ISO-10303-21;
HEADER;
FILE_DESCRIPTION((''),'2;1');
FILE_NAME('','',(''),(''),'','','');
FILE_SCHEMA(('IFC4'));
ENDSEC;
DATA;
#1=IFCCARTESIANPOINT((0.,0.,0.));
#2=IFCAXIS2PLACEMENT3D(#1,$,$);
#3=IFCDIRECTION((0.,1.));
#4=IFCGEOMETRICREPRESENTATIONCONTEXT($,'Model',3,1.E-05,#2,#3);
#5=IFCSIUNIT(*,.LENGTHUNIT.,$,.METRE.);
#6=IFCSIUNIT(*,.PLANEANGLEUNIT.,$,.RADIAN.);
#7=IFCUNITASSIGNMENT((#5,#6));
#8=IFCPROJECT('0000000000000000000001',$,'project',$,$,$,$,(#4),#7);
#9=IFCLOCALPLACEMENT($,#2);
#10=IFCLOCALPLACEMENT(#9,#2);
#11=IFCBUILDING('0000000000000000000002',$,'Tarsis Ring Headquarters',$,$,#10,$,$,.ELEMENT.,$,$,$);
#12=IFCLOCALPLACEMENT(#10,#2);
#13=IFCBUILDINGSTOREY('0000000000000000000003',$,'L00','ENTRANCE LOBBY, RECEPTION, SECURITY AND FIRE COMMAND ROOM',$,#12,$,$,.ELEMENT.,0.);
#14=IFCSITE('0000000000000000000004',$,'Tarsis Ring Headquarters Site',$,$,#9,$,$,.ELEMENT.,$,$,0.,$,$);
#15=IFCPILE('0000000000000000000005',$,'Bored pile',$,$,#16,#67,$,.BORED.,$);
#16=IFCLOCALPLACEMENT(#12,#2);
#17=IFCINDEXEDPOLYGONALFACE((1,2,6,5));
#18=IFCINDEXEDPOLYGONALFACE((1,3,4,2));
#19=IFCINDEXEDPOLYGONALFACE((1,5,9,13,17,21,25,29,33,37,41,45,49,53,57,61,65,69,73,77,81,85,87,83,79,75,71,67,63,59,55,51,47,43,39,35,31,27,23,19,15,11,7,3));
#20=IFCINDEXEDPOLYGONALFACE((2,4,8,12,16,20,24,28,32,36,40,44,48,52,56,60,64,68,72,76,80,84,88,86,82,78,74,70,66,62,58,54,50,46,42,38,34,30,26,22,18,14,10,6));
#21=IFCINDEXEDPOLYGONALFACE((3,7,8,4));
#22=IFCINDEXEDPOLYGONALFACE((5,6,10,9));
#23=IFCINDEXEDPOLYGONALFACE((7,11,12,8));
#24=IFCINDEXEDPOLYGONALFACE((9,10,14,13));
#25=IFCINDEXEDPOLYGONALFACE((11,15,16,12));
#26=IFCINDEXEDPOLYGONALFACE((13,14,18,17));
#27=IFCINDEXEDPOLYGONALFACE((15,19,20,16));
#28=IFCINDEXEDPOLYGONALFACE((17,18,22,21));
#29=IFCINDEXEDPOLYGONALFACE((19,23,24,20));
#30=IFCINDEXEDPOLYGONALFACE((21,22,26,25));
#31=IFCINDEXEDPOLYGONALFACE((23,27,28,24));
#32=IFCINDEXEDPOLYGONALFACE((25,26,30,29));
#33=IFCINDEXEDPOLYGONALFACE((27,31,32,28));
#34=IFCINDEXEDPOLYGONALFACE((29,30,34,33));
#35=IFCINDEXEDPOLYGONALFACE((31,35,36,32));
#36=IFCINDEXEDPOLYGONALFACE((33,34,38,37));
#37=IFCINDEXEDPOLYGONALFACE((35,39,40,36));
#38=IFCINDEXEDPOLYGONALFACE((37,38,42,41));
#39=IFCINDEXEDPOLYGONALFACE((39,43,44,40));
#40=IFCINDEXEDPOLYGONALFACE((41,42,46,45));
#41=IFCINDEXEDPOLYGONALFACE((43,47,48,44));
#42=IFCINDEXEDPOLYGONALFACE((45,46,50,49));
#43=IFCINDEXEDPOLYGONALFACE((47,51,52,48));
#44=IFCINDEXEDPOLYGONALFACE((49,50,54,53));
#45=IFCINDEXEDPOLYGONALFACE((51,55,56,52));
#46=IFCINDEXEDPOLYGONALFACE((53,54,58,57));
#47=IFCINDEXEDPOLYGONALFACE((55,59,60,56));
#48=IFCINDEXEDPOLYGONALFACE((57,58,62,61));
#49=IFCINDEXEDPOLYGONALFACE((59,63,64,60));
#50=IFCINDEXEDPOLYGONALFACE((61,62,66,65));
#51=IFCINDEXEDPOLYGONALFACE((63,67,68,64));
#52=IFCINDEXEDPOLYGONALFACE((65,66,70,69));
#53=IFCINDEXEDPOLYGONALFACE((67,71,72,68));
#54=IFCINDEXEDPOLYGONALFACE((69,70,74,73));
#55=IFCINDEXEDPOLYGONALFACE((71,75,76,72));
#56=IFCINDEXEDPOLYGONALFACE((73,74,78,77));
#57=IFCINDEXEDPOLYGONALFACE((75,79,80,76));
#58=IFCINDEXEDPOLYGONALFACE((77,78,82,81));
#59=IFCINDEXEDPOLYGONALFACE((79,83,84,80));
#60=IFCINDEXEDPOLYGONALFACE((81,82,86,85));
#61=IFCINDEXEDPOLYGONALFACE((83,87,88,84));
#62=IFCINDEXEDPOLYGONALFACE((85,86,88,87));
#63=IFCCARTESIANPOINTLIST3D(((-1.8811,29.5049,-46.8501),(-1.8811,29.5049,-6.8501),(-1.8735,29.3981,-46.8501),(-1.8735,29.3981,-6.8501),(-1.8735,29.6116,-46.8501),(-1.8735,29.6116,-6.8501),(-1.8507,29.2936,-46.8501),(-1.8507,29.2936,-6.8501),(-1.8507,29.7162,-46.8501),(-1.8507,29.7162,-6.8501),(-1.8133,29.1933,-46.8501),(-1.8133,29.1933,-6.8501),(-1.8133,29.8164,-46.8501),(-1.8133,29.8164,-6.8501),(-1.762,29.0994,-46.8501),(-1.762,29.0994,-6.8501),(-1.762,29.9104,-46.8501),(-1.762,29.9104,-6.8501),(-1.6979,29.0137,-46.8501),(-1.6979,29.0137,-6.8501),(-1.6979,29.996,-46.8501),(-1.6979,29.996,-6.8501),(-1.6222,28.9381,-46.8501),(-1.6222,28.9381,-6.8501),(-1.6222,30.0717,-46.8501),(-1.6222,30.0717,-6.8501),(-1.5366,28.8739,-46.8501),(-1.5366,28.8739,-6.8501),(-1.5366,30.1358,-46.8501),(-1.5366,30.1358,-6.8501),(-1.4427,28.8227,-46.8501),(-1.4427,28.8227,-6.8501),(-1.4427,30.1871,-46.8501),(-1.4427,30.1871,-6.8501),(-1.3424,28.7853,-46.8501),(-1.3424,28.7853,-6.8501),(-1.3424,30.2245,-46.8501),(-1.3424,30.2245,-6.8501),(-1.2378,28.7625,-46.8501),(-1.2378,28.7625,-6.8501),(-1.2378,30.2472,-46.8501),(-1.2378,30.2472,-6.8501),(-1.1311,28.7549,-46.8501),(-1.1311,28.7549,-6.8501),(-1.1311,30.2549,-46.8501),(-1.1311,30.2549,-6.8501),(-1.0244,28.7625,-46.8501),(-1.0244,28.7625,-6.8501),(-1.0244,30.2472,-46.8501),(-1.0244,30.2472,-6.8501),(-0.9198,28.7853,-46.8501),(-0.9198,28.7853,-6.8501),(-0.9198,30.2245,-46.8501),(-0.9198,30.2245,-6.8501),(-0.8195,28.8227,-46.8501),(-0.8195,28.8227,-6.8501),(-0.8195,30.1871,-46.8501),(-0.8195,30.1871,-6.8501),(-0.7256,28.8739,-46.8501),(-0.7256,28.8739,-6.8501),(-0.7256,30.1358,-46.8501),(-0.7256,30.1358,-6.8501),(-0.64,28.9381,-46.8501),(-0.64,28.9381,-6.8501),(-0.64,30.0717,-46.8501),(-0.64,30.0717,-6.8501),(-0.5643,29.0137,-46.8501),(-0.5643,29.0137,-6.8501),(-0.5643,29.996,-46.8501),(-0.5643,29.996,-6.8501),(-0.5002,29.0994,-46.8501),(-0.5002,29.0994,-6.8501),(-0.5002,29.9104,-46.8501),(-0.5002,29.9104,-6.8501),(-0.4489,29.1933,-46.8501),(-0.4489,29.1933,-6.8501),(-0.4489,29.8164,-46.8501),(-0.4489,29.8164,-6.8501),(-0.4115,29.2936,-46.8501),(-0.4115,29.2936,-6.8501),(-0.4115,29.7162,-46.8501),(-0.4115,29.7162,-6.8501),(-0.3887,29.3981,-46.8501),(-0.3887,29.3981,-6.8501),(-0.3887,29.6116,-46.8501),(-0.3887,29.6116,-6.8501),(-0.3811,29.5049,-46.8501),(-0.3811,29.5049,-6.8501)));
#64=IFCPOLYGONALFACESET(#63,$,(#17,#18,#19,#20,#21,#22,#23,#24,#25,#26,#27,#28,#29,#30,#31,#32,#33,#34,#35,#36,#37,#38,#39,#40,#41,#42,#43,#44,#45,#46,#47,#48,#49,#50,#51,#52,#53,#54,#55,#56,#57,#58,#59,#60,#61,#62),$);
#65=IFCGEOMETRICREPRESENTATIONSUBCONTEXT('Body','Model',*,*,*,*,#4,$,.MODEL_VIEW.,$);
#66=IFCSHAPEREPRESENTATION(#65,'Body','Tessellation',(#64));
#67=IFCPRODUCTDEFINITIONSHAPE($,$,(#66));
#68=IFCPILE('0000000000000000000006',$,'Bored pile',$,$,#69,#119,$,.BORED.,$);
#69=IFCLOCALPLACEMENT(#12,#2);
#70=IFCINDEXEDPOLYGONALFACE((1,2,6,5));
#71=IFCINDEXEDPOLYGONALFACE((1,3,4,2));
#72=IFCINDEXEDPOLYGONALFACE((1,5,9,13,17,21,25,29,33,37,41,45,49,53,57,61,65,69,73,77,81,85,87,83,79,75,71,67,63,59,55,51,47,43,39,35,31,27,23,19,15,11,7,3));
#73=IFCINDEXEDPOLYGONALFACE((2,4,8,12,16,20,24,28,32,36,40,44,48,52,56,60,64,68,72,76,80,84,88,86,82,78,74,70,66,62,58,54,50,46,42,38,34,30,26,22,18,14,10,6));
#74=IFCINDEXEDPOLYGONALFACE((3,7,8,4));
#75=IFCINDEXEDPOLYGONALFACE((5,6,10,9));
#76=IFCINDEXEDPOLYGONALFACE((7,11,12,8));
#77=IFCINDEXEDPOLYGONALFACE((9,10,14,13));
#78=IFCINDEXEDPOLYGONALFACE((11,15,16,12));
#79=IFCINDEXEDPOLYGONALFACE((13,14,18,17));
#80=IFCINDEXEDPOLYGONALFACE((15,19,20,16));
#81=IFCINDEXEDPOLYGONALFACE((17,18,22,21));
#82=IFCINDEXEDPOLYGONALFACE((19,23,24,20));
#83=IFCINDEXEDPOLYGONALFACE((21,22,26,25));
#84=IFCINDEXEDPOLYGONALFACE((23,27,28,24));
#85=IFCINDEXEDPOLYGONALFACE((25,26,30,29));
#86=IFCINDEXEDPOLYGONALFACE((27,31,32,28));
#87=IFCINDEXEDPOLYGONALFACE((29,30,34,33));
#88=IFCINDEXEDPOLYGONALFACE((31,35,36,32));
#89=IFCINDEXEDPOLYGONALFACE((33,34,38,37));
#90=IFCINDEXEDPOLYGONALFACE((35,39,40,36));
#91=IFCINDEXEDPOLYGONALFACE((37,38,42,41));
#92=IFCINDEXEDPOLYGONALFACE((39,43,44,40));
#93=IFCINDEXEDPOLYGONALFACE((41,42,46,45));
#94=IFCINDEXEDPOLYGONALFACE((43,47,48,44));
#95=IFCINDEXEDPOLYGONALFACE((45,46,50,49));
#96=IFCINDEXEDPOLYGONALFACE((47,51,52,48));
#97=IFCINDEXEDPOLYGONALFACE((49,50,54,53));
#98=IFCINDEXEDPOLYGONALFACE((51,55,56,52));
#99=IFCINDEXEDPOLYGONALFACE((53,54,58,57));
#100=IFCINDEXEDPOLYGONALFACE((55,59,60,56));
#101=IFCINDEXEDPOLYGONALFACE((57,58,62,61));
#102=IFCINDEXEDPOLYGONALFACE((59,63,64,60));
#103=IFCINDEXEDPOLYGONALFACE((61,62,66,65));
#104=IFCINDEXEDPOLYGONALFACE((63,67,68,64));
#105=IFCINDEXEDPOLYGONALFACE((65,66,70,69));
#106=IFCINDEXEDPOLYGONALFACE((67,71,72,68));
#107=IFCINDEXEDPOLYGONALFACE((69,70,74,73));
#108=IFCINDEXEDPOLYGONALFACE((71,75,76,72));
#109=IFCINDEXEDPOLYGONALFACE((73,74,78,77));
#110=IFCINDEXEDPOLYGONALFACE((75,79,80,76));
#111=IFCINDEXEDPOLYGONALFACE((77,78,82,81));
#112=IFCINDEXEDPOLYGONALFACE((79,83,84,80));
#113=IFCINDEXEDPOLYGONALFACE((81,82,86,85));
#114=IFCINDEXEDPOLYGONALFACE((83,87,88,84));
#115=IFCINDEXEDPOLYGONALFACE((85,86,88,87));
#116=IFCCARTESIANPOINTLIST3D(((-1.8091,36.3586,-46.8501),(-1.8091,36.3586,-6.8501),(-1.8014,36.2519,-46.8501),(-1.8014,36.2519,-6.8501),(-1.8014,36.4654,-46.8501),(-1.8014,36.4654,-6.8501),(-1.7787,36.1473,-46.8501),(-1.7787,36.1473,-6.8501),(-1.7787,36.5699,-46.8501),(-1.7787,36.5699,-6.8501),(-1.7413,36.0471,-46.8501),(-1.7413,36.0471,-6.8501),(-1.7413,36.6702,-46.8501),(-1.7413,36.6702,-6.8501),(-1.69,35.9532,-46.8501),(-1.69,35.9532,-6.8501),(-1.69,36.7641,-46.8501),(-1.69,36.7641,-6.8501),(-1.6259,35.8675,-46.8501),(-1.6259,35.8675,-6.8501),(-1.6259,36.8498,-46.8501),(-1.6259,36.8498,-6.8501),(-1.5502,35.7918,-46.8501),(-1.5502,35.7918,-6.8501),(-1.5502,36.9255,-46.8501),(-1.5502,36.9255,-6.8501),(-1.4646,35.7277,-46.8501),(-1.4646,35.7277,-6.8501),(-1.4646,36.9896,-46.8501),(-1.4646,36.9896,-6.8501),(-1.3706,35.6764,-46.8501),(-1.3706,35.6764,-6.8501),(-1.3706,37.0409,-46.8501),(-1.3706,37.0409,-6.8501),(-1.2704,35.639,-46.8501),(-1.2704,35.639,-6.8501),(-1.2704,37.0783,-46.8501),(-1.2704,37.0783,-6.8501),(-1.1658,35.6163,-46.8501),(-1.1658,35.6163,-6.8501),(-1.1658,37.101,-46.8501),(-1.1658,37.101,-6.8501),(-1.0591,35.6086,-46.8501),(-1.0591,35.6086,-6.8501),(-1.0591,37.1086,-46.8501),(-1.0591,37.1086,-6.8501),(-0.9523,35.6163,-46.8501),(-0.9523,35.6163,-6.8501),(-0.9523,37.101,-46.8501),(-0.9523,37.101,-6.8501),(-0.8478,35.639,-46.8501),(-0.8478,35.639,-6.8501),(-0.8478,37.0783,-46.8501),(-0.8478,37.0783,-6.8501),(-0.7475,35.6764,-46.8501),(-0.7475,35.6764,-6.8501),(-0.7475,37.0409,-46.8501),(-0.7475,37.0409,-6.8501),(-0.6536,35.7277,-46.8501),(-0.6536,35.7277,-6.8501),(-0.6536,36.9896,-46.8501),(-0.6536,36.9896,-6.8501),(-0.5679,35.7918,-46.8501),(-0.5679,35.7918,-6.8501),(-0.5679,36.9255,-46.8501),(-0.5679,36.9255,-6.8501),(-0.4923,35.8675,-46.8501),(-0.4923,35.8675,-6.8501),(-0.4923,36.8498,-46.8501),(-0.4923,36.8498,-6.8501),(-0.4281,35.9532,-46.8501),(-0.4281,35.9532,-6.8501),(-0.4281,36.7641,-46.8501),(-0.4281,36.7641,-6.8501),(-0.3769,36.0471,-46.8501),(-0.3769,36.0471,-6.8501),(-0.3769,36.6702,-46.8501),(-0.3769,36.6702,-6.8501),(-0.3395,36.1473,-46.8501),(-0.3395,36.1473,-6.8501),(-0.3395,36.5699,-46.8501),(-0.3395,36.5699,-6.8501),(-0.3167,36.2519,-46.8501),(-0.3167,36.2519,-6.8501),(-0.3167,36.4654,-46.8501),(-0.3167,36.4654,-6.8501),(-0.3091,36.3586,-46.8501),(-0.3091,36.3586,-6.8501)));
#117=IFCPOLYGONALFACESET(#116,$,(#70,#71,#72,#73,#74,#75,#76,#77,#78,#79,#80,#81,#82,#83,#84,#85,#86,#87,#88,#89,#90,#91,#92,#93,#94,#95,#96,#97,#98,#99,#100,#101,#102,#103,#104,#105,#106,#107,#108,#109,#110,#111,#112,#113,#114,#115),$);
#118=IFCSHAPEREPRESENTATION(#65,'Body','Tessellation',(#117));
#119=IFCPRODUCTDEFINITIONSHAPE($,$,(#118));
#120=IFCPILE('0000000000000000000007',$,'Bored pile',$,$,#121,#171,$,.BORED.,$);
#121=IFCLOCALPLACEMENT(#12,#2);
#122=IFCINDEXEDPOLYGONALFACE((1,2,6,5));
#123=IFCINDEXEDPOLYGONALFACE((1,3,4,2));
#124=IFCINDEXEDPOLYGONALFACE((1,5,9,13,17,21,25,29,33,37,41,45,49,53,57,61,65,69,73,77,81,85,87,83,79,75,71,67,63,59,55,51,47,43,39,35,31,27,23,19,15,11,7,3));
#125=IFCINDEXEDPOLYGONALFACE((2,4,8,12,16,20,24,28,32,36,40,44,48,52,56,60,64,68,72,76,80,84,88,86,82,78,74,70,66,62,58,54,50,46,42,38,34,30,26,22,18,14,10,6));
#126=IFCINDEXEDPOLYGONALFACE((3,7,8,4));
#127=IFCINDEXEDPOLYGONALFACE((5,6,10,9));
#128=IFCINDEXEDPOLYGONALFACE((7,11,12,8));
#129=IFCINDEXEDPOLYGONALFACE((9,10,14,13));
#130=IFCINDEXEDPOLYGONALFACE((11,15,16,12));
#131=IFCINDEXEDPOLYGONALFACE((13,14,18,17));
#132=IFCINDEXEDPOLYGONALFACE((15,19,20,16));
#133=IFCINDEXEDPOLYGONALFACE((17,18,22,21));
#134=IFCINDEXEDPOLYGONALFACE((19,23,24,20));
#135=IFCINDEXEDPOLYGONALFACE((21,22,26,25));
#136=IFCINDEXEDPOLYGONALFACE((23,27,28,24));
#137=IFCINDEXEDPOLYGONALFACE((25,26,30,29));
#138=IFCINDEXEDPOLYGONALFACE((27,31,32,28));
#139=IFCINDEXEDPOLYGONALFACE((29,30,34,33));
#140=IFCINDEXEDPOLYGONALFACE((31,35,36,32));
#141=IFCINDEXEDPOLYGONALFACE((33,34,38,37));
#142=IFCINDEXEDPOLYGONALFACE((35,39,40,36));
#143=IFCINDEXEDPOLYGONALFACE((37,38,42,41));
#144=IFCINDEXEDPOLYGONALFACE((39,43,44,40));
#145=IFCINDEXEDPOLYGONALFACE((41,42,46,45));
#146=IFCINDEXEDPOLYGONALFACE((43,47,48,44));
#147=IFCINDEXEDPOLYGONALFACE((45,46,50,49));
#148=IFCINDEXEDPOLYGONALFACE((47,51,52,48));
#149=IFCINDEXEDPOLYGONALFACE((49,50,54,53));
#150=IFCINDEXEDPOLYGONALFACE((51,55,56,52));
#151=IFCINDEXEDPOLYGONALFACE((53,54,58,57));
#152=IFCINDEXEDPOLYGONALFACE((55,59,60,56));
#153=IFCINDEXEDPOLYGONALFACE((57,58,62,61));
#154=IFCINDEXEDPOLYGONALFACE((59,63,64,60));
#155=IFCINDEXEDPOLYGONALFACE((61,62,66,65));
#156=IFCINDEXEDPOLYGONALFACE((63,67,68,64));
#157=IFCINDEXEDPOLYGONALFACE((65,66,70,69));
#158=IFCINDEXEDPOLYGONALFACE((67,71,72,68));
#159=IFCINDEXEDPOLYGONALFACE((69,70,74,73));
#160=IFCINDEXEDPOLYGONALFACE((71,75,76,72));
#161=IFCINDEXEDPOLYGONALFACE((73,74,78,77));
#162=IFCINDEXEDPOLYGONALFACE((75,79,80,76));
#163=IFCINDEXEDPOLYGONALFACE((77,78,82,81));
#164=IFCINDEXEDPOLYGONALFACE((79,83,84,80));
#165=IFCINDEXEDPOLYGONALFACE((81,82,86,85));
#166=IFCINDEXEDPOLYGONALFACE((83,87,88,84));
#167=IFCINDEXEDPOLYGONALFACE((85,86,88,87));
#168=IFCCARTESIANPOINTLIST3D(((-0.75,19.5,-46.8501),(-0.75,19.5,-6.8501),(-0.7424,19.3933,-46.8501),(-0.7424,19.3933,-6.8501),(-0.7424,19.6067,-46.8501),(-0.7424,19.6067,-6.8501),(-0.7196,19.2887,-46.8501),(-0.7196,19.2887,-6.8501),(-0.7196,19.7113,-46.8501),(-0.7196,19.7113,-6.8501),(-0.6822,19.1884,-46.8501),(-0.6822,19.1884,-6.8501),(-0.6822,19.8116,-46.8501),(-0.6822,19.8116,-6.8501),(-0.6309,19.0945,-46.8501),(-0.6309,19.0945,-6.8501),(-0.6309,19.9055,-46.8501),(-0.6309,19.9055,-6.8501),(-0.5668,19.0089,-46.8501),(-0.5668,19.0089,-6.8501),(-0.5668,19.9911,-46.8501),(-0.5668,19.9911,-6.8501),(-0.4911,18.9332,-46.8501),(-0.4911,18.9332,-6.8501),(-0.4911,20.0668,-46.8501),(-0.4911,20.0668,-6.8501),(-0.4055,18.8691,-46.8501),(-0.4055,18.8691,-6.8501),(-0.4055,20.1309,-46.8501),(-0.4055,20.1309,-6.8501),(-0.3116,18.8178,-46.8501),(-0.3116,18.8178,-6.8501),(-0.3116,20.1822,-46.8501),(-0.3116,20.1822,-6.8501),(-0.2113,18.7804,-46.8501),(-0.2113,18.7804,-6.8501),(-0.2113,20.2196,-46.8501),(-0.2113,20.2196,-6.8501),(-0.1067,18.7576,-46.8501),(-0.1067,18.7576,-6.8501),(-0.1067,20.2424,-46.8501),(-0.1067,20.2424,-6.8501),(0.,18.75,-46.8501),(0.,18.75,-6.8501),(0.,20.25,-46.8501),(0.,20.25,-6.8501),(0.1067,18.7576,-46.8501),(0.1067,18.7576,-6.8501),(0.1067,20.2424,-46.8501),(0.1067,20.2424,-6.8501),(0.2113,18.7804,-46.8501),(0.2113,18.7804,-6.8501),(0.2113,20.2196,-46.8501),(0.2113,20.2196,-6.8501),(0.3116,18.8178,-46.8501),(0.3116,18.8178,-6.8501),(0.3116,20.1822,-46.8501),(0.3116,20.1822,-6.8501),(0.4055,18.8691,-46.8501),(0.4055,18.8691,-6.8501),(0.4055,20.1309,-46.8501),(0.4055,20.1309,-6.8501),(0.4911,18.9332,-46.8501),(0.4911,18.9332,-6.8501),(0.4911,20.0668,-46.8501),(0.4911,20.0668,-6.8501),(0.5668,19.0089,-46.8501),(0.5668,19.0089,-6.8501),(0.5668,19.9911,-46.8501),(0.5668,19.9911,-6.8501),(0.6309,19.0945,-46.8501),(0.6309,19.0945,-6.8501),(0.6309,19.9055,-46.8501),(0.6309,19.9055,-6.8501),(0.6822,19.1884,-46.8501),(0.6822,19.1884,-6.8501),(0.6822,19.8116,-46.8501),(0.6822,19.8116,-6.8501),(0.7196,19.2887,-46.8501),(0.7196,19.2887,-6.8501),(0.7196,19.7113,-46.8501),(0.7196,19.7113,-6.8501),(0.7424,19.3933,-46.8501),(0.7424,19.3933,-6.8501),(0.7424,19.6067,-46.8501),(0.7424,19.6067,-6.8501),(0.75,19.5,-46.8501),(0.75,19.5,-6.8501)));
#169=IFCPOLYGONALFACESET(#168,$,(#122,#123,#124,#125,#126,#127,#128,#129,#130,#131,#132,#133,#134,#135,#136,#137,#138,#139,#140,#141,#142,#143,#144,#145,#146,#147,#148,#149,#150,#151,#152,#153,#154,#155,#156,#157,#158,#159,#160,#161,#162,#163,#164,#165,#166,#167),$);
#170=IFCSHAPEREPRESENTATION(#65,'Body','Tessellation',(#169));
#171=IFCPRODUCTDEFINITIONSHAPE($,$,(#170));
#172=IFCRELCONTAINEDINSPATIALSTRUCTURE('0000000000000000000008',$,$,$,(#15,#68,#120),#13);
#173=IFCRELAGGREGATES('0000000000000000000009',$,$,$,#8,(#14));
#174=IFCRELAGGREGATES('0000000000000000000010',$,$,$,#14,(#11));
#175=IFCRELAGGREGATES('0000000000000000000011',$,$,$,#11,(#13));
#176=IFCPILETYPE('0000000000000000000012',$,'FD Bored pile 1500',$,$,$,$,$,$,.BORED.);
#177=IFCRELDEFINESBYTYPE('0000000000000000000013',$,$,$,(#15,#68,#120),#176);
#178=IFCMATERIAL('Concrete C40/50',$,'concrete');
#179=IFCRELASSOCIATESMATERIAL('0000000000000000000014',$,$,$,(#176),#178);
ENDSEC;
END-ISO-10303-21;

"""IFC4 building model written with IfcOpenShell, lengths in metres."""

from ifc_helpers import new_model, si_unit, direction, frame, origin, origin_2d, place, context, subcontext, project, spatial, circle, extrude, material, material_profile, profile_set, type_object, element, save


model = new_model("IFC4")

# Units and contexts
model_context = context("Model", 3, precision=1e-05, world=origin(), true_north=direction((0.0, 1.0)))
body_context = subcontext(model_context, "Body", "Model", "MODEL_VIEW")
ifc_project = project(units=[si_unit("LENGTHUNIT", "METRE"), si_unit("PLANEANGLEUNIT", "RADIAN")], contexts=[model_context])

# Site, building, storey
site_placement = place(None, origin())
site = spatial("IfcSite", under=ifc_project, at=site_placement, Name="Tarsis Ring Headquarters Site", CompositionType="ELEMENT", RefElevation=0.0)
building_placement = place(site_placement, origin())
building = spatial("IfcBuilding", under=site, at=building_placement, Name="Tarsis Ring Headquarters", CompositionType="ELEMENT")
storey_placement = place(building_placement, origin())
storey = spatial("IfcBuildingStorey", under=building, at=storey_placement, Name="L00", Description="ENTRANCE LOBBY, RECEPTION, SECURITY AND FIRE COMMAND ROOM", CompositionType="ELEMENT", Elevation=0.0)

# Piles
ifc_material_1 = material(Name="Concrete C40/50", Category="concrete")
ifc_material_profile_1 = material_profile(ifc_material_1, circle(Radius=0.75, at=origin_2d()), Name="BORED 1500")
ifc_profile_set_1 = profile_set([ifc_material_profile_1], Name="Concrete C40/50")
pile_type = type_object("IfcPileType", Name="FD Bored pile 1500", PredefinedType="BORED", material=ifc_profile_set_1)
for number, where, z_axis, x_axis, name in (
    (1, (-1.1311, 29.5049, -6.8501), (0.0, 0.0, -1.0), (1.0, 0.0, 0.0), "Bored pile"),
    (2, (-1.0591, 36.3586, -6.8501), (0.0, 0.0, -1.0), (1.0, 0.0, 0.0), "Bored pile"),
    (3, (0.0, 19.5, -6.8501), (0.0, 0.0, -1.0), (1.0, 0.0, 0.0), "Bored pile"),
):
    element("IfcPile", number, at=place(storey_placement, frame(where, z_axis=z_axis, x_axis=x_axis)), inside=storey, type_object=pile_type, Name=name, PredefinedType="BORED", context=body_context, shape_type="SweptSolid", body=[
        extrude(circle(Radius=0.75, at=origin_2d()), origin(), (0.0, 0.0, 1.0), 40.0),
    ])

save(model, "model.ifc")
